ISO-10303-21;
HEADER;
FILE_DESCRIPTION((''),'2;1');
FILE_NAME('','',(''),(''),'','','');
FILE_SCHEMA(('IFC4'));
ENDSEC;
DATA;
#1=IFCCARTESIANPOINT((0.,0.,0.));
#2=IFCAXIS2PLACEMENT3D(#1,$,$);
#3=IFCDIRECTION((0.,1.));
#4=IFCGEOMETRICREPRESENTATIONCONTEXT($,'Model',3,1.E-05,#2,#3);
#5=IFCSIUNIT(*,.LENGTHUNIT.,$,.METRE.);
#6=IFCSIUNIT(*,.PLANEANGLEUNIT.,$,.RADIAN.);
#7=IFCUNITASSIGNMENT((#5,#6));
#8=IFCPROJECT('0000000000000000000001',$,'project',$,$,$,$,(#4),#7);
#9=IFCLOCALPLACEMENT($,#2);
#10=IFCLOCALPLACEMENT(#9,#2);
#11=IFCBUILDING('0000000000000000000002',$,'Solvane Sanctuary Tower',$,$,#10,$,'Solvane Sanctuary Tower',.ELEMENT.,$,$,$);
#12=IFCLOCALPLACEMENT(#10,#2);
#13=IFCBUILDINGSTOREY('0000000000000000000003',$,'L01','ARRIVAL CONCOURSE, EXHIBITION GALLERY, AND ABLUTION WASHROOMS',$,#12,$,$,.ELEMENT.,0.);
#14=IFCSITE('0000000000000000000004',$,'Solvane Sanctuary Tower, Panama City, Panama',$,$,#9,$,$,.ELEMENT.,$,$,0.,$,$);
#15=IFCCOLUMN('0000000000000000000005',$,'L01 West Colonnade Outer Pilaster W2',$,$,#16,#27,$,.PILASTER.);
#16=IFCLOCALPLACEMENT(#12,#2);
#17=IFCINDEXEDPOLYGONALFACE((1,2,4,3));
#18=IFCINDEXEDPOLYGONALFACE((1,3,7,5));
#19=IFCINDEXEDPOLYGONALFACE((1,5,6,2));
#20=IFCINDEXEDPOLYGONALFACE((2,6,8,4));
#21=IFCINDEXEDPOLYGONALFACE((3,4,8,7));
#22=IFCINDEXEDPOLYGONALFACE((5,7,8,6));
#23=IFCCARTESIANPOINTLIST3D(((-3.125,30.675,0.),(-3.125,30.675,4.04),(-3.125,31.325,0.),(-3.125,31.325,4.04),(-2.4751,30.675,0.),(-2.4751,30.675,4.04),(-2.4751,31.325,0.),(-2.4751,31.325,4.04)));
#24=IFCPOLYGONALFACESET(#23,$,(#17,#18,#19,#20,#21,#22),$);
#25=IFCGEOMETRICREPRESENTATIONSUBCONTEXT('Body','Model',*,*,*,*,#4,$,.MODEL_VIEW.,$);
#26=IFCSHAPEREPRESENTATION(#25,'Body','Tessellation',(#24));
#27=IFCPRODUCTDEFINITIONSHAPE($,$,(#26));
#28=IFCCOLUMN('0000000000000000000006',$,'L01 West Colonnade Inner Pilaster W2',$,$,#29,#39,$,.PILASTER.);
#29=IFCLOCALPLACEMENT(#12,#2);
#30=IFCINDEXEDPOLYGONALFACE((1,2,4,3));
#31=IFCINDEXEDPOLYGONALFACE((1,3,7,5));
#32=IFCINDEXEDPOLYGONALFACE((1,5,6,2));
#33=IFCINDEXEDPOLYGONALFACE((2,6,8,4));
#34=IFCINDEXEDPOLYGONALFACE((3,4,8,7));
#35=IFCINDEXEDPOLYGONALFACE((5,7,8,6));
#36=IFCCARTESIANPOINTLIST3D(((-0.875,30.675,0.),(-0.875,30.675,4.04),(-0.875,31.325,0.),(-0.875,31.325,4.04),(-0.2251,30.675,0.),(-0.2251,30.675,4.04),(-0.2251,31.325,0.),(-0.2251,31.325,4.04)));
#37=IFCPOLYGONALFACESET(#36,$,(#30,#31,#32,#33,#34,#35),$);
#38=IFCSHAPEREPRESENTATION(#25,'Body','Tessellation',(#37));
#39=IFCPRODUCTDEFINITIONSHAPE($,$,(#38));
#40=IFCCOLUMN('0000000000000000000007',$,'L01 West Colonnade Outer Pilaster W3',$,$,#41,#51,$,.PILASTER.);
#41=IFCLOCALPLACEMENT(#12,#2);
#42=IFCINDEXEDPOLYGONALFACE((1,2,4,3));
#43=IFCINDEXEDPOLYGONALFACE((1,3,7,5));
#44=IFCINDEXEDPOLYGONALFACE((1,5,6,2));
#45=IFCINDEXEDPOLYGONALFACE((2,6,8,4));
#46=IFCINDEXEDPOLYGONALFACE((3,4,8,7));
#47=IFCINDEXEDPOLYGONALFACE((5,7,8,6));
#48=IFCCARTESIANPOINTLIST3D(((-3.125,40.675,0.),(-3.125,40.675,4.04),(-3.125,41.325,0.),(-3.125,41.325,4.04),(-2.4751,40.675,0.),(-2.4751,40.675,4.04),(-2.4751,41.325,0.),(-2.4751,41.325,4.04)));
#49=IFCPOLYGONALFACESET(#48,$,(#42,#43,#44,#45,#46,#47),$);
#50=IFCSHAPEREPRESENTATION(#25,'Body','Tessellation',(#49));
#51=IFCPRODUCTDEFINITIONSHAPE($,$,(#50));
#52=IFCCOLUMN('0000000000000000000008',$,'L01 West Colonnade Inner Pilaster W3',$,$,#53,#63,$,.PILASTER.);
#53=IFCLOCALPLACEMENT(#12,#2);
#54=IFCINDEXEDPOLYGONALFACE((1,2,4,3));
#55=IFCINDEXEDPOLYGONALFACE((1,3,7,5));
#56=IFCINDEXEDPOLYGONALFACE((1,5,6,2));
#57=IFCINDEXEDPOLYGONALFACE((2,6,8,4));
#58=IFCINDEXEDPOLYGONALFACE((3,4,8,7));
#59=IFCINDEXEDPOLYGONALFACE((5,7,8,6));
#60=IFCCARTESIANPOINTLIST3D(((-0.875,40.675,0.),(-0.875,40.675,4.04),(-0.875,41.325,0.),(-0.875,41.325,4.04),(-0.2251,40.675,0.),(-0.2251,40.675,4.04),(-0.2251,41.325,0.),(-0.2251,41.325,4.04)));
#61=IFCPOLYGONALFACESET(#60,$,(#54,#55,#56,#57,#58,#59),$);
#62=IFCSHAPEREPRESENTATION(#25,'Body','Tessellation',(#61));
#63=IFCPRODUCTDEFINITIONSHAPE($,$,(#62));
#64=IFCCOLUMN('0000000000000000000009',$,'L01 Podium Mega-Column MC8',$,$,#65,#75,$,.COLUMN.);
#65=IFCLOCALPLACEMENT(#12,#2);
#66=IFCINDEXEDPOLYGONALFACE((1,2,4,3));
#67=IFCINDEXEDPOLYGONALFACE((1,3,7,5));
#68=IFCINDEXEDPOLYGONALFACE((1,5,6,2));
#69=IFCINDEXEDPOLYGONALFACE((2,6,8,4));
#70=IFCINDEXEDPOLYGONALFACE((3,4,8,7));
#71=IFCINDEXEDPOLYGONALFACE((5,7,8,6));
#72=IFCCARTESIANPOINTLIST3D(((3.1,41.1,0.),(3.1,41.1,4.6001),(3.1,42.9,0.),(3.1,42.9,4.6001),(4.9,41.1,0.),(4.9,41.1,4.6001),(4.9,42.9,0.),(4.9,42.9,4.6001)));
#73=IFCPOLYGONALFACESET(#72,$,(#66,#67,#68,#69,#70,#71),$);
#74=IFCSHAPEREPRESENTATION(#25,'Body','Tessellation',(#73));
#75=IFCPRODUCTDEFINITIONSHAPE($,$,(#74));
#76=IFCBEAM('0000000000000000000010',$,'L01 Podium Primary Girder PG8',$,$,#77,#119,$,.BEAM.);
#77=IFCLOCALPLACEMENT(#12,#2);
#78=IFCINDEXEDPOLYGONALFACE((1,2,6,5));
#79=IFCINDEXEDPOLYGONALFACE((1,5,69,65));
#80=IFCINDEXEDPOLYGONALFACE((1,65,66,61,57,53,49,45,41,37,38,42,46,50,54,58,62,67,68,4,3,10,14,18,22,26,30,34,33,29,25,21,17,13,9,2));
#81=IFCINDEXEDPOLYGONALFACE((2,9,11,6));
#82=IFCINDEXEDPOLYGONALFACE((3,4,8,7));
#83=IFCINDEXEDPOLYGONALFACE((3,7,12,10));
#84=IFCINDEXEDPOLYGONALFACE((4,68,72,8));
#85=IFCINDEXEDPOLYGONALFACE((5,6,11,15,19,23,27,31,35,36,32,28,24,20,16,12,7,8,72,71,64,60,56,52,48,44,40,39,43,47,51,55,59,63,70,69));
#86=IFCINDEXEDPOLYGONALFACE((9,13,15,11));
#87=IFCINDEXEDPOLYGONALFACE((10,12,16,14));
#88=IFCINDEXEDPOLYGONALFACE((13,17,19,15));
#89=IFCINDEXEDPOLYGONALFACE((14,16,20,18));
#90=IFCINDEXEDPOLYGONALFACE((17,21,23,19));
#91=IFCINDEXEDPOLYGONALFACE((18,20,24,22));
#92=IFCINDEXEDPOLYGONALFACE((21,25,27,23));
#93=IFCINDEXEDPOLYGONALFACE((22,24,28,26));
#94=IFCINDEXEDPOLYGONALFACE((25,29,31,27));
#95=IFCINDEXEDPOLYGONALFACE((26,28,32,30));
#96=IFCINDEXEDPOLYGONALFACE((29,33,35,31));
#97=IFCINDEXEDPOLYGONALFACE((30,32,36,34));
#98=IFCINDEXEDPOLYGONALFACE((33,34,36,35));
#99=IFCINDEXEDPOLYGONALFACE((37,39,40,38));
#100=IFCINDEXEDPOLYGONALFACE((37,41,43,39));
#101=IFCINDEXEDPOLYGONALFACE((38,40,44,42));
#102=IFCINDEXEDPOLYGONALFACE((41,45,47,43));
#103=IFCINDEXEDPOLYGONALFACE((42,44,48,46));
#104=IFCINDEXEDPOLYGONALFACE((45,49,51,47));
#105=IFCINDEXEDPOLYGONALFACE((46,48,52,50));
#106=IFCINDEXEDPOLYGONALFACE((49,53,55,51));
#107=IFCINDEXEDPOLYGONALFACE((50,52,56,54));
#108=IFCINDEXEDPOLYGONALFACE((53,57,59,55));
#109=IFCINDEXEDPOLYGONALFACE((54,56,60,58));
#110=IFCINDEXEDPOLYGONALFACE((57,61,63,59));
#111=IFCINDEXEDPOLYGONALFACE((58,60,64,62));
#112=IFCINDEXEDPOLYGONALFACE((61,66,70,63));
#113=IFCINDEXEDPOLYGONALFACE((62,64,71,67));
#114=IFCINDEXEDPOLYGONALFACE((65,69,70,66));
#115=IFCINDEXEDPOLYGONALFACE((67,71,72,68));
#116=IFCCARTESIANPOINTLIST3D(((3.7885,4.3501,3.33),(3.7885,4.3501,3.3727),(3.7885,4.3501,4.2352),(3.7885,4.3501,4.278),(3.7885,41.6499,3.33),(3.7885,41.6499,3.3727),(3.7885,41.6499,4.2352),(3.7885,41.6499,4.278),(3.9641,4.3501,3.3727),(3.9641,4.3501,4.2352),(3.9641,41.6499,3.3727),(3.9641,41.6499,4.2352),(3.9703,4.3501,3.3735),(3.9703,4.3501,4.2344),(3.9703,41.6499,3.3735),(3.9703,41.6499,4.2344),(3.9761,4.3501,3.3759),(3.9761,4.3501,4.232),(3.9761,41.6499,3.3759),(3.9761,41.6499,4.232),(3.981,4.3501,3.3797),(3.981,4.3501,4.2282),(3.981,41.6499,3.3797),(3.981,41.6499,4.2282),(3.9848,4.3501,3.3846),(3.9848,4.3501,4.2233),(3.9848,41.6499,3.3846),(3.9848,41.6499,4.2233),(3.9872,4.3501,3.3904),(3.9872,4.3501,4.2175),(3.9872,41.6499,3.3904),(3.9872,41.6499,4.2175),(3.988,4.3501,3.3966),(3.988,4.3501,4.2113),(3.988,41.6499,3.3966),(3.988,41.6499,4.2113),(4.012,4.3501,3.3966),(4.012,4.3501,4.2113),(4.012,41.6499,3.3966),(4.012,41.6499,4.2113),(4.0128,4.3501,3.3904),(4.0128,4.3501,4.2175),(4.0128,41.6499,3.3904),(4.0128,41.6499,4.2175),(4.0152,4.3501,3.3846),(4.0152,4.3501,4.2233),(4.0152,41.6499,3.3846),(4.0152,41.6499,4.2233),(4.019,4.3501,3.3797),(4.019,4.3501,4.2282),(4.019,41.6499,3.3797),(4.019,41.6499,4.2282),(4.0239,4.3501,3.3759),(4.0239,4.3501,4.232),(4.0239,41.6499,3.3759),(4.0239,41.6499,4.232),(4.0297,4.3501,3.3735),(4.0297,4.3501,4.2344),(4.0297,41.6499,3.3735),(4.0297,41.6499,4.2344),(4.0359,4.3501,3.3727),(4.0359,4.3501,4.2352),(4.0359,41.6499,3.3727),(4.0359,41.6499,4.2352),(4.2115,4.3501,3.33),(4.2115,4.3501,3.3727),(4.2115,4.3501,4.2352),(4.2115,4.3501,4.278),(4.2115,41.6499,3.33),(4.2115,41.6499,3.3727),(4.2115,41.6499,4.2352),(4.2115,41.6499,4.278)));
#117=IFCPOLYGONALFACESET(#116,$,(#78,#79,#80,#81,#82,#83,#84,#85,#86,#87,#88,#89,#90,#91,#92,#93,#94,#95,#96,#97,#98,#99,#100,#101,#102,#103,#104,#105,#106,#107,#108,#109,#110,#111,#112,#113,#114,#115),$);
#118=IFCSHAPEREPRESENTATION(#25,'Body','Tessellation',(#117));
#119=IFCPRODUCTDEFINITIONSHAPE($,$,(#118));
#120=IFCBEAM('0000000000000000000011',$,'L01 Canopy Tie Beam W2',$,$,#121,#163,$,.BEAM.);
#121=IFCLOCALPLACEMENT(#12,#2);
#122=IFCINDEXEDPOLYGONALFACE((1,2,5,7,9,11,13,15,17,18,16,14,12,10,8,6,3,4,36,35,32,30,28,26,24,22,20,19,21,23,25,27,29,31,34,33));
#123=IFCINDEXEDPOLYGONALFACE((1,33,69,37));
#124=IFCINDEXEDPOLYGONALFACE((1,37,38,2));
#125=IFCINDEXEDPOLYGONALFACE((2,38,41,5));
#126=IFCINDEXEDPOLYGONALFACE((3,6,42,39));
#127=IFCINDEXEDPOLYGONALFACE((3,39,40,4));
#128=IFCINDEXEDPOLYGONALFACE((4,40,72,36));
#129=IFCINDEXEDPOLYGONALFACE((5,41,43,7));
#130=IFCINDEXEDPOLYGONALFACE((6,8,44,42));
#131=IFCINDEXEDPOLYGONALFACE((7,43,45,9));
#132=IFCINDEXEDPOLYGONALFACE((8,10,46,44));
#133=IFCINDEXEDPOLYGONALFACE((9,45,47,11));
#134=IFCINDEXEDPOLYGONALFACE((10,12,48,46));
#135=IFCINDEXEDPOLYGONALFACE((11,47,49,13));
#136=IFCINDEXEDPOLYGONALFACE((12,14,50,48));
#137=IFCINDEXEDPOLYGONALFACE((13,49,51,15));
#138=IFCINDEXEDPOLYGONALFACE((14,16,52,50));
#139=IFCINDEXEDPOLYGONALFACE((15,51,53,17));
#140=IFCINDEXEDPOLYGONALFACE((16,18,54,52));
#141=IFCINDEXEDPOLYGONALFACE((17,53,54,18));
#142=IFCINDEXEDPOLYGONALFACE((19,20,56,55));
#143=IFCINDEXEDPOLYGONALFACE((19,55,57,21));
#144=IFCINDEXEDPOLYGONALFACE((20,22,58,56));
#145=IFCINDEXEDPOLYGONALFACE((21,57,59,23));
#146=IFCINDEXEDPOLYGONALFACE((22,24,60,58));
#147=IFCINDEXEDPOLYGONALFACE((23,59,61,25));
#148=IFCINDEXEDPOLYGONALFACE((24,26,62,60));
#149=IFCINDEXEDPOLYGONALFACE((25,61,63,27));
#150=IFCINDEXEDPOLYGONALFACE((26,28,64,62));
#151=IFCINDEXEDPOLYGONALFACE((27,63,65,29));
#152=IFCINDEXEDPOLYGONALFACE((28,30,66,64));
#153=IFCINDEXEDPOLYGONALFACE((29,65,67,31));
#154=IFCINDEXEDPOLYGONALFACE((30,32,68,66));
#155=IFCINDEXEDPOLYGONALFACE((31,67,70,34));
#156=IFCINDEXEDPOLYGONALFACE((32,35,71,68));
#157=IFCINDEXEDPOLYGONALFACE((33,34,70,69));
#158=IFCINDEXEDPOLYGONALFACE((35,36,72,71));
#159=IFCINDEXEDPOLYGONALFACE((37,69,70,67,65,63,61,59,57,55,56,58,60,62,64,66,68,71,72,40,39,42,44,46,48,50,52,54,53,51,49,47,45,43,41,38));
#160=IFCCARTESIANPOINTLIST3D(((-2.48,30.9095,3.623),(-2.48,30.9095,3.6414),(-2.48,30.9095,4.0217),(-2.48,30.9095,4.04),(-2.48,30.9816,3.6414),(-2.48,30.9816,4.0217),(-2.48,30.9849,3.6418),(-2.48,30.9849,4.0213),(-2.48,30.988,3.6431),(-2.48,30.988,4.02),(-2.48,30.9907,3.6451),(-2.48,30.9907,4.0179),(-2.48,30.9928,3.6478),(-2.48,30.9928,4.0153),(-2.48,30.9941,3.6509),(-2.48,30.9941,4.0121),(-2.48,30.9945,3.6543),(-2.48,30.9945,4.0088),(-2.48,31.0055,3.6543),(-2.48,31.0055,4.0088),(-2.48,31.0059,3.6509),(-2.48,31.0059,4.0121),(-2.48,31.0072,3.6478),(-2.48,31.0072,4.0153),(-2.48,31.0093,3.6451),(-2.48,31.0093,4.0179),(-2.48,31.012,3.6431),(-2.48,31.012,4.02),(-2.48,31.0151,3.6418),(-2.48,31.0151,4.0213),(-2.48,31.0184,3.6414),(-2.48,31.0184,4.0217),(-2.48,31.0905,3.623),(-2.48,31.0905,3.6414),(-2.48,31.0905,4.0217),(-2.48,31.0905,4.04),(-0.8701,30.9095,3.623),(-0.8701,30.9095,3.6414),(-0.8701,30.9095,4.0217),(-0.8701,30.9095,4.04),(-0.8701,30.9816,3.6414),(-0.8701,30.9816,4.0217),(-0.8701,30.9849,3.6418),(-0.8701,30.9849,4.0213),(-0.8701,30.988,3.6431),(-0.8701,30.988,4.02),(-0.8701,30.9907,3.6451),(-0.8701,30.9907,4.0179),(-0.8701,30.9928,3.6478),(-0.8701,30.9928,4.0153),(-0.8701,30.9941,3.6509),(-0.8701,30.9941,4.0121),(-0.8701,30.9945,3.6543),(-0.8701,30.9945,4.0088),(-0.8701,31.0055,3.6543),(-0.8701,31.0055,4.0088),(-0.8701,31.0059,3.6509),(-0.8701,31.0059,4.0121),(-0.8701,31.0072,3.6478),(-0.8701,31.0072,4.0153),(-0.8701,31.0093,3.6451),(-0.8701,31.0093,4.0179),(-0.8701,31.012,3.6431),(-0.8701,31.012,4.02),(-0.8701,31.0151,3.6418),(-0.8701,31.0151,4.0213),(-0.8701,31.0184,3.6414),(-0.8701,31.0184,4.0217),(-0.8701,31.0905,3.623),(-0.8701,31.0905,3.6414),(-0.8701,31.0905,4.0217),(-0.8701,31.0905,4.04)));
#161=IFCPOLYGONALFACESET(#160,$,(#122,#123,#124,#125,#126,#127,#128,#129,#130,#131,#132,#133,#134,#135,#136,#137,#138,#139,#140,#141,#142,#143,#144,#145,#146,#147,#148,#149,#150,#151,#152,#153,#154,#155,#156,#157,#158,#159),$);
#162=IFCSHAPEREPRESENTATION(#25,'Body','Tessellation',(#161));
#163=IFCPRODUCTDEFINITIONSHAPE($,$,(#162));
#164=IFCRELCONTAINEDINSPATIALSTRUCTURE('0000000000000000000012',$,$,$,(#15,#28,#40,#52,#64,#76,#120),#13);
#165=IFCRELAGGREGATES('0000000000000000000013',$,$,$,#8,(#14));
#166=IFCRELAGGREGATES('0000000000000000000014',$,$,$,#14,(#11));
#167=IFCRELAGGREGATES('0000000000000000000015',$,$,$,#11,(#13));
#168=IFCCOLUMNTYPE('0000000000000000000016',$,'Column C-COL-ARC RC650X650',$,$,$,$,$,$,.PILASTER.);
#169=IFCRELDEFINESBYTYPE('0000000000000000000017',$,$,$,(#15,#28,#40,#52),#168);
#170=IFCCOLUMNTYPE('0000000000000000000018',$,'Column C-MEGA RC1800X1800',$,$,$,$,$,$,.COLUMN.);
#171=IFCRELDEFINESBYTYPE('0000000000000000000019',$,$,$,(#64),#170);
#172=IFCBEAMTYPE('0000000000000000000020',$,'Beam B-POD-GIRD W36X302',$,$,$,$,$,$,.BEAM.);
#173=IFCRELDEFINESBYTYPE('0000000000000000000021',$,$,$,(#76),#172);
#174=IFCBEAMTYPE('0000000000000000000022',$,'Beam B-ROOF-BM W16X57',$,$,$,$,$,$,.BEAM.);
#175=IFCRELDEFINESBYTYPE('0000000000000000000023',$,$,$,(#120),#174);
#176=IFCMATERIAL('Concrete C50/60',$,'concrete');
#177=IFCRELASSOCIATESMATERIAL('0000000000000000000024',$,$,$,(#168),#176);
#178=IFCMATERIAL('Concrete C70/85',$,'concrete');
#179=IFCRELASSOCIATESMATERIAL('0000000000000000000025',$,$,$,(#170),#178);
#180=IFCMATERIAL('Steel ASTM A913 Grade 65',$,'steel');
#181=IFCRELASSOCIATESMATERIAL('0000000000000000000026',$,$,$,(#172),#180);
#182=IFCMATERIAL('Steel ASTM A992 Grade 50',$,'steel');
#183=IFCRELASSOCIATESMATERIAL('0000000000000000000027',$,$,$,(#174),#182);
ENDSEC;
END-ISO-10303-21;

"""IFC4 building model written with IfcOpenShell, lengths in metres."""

from ifc_helpers import new_model, si_unit, direction, frame, origin, origin_2d, place, context, subcontext, project, spatial, rectangle, i_section, extrude, material, material_profile, profile_set, type_object, element, save


model = new_model("IFC4")

# Units and contexts
model_context = context("Model", 3, precision=1e-05, world=origin(), true_north=direction((0.0, 1.0)))
body_context = subcontext(model_context, "Body", "Model", "MODEL_VIEW")
ifc_project = project(units=[si_unit("LENGTHUNIT", "METRE"), si_unit("PLANEANGLEUNIT", "RADIAN")], contexts=[model_context])

# Site, building, storey
site_placement = place(None, origin())
site = spatial("IfcSite", under=ifc_project, at=site_placement, Name="Solvane Sanctuary Tower, Panama City, Panama", CompositionType="ELEMENT", RefElevation=0.0)
building_placement = place(site_placement, origin())
building = spatial("IfcBuilding", under=site, at=building_placement, Name="Solvane Sanctuary Tower", LongName="Solvane Sanctuary Tower", CompositionType="ELEMENT")
storey_placement = place(building_placement, origin())
storey = spatial("IfcBuildingStorey", under=building, at=storey_placement, Name="L01", Description="ARRIVAL CONCOURSE, EXHIBITION GALLERY, AND ABLUTION WASHROOMS", CompositionType="ELEMENT", Elevation=0.0)

# Columns
ifc_material_1 = material(Name="Concrete C50/60", Category="concrete")
ifc_material_profile_1 = material_profile(ifc_material_1, rectangle(XDim=0.6499, YDim=0.6499, at=origin_2d()), Name="RC650X650")
ifc_profile_set_1 = profile_set([ifc_material_profile_1], Name="Concrete C50/60")
column_type_1 = type_object("IfcColumnType", Name="Column C-COL-ARC RC650X650", PredefinedType="PILASTER", material=ifc_profile_set_1)
for number, where, z_axis, x_axis, name in (
    (1, (-2.8, 31.0, 0.0), (0.0, 0.0, 1.0), (1.0, 0.0, 0.0), "L01 West Colonnade Outer Pilaster W2"),
    (2, (-0.55, 31.0, 0.0), (0.0, 0.0, 1.0), (1.0, 0.0, 0.0), "L01 West Colonnade Inner Pilaster W2"),
    (3, (-2.8, 41.0, 0.0), (0.0, 0.0, 1.0), (1.0, 0.0, 0.0), "L01 West Colonnade Outer Pilaster W3"),
    (4, (-0.55, 41.0, 0.0), (0.0, 0.0, 1.0), (1.0, 0.0, 0.0), "L01 West Colonnade Inner Pilaster W3"),
):
    element("IfcColumn", number, at=place(storey_placement, frame(where, z_axis=z_axis, x_axis=x_axis)), inside=storey, type_object=column_type_1, Name=name, PredefinedType="PILASTER", context=body_context, shape_type="SweptSolid", body=[
        extrude(rectangle(XDim=0.6499, YDim=0.6499, at=origin_2d()), origin(), (0.0, 0.0, 1.0), 4.04),
    ])
ifc_material_2 = material(Name="Concrete C70/85", Category="concrete")
ifc_material_profile_2 = material_profile(ifc_material_2, rectangle(XDim=1.8, YDim=1.8, at=origin_2d()), Name="RC1800X1800")
ifc_profile_set_2 = profile_set([ifc_material_profile_2], Name="Concrete C70/85")
column_type_2 = type_object("IfcColumnType", Name="Column C-MEGA RC1800X1800", PredefinedType="COLUMN", material=ifc_profile_set_2)
column_placement = place(storey_placement, frame((4.0, 42.0, 0.0), z_axis=(0.0, 0.0, 1.0), x_axis=(1.0, 0.0, 0.0)))
element("IfcColumn", 5, at=column_placement, inside=storey, type_object=column_type_2, Name="L01 Podium Mega-Column MC8", PredefinedType="COLUMN", context=body_context, shape_type="SweptSolid", body=[
    extrude(rectangle(XDim=1.8, YDim=1.8, at=origin_2d()), origin(), (0.0, 0.0, 1.0), 4.6001),
])

# Beams
ifc_material_3 = material(Name="Steel ASTM A913 Grade 65", Category="steel")
ifc_material_profile_3 = material_profile(ifc_material_3, i_section(OverallWidth=0.4231, OverallDepth=0.948, WebThickness=0.0239, FlangeThickness=0.0427, FilletRadius=0.0239, at=origin_2d()), Name="W36X302")
ifc_profile_set_3 = profile_set([ifc_material_profile_3], Name="Steel ASTM A913 Grade 65")
beam_type_1 = type_object("IfcBeamType", Name="Beam B-POD-GIRD W36X302", PredefinedType="BEAM", material=ifc_profile_set_3)
beam_placement = place(storey_placement, frame((4.0, 41.6499, 3.804), z_axis=(0.0, -1.0, 0.0), x_axis=(1.0, 0.0, 0.0)))
element("IfcBeam", 6, at=beam_placement, inside=storey, type_object=beam_type_1, Name="L01 Podium Primary Girder PG8", PredefinedType="BEAM", context=body_context, shape_type="SweptSolid", body=[
    extrude(i_section(OverallWidth=0.4231, OverallDepth=0.948, WebThickness=0.0239, FlangeThickness=0.0427, FilletRadius=0.0239, at=origin_2d()), origin(), (0.0, 0.0, 1.0), 37.2998),
])
ifc_material_4 = material(Name="Steel ASTM A992 Grade 50", Category="steel")
ifc_material_profile_4 = material_profile(ifc_material_4, i_section(OverallWidth=0.1809, OverallDepth=0.417, WebThickness=0.011, FlangeThickness=0.0183, FilletRadius=0.0129, at=origin_2d()), Name="W16X57")
ifc_profile_set_4 = profile_set([ifc_material_profile_4], Name="Steel ASTM A992 Grade 50")
beam_type_2 = type_object("IfcBeamType", Name="Beam B-ROOF-BM W16X57", PredefinedType="BEAM", material=ifc_profile_set_4)
for number, where, z_axis, x_axis, name in (
    (7, (-2.48, 31.0, 3.8315), (1.0, 0.0, 0.0), (0.0, 1.0, 0.0), "L01 Canopy Tie Beam W2"),
):
    element("IfcBeam", number, at=place(storey_placement, frame(where, z_axis=z_axis, x_axis=x_axis)), inside=storey, type_object=beam_type_2, Name=name, PredefinedType="BEAM", context=body_context, shape_type="SweptSolid", body=[
        extrude(i_section(OverallWidth=0.1809, OverallDepth=0.417, WebThickness=0.011, FlangeThickness=0.0183, FilletRadius=0.0129, at=origin_2d()), origin(), (0.0, 0.0, 1.0), 1.6099),
    ])

save(model, "model.ifc")
